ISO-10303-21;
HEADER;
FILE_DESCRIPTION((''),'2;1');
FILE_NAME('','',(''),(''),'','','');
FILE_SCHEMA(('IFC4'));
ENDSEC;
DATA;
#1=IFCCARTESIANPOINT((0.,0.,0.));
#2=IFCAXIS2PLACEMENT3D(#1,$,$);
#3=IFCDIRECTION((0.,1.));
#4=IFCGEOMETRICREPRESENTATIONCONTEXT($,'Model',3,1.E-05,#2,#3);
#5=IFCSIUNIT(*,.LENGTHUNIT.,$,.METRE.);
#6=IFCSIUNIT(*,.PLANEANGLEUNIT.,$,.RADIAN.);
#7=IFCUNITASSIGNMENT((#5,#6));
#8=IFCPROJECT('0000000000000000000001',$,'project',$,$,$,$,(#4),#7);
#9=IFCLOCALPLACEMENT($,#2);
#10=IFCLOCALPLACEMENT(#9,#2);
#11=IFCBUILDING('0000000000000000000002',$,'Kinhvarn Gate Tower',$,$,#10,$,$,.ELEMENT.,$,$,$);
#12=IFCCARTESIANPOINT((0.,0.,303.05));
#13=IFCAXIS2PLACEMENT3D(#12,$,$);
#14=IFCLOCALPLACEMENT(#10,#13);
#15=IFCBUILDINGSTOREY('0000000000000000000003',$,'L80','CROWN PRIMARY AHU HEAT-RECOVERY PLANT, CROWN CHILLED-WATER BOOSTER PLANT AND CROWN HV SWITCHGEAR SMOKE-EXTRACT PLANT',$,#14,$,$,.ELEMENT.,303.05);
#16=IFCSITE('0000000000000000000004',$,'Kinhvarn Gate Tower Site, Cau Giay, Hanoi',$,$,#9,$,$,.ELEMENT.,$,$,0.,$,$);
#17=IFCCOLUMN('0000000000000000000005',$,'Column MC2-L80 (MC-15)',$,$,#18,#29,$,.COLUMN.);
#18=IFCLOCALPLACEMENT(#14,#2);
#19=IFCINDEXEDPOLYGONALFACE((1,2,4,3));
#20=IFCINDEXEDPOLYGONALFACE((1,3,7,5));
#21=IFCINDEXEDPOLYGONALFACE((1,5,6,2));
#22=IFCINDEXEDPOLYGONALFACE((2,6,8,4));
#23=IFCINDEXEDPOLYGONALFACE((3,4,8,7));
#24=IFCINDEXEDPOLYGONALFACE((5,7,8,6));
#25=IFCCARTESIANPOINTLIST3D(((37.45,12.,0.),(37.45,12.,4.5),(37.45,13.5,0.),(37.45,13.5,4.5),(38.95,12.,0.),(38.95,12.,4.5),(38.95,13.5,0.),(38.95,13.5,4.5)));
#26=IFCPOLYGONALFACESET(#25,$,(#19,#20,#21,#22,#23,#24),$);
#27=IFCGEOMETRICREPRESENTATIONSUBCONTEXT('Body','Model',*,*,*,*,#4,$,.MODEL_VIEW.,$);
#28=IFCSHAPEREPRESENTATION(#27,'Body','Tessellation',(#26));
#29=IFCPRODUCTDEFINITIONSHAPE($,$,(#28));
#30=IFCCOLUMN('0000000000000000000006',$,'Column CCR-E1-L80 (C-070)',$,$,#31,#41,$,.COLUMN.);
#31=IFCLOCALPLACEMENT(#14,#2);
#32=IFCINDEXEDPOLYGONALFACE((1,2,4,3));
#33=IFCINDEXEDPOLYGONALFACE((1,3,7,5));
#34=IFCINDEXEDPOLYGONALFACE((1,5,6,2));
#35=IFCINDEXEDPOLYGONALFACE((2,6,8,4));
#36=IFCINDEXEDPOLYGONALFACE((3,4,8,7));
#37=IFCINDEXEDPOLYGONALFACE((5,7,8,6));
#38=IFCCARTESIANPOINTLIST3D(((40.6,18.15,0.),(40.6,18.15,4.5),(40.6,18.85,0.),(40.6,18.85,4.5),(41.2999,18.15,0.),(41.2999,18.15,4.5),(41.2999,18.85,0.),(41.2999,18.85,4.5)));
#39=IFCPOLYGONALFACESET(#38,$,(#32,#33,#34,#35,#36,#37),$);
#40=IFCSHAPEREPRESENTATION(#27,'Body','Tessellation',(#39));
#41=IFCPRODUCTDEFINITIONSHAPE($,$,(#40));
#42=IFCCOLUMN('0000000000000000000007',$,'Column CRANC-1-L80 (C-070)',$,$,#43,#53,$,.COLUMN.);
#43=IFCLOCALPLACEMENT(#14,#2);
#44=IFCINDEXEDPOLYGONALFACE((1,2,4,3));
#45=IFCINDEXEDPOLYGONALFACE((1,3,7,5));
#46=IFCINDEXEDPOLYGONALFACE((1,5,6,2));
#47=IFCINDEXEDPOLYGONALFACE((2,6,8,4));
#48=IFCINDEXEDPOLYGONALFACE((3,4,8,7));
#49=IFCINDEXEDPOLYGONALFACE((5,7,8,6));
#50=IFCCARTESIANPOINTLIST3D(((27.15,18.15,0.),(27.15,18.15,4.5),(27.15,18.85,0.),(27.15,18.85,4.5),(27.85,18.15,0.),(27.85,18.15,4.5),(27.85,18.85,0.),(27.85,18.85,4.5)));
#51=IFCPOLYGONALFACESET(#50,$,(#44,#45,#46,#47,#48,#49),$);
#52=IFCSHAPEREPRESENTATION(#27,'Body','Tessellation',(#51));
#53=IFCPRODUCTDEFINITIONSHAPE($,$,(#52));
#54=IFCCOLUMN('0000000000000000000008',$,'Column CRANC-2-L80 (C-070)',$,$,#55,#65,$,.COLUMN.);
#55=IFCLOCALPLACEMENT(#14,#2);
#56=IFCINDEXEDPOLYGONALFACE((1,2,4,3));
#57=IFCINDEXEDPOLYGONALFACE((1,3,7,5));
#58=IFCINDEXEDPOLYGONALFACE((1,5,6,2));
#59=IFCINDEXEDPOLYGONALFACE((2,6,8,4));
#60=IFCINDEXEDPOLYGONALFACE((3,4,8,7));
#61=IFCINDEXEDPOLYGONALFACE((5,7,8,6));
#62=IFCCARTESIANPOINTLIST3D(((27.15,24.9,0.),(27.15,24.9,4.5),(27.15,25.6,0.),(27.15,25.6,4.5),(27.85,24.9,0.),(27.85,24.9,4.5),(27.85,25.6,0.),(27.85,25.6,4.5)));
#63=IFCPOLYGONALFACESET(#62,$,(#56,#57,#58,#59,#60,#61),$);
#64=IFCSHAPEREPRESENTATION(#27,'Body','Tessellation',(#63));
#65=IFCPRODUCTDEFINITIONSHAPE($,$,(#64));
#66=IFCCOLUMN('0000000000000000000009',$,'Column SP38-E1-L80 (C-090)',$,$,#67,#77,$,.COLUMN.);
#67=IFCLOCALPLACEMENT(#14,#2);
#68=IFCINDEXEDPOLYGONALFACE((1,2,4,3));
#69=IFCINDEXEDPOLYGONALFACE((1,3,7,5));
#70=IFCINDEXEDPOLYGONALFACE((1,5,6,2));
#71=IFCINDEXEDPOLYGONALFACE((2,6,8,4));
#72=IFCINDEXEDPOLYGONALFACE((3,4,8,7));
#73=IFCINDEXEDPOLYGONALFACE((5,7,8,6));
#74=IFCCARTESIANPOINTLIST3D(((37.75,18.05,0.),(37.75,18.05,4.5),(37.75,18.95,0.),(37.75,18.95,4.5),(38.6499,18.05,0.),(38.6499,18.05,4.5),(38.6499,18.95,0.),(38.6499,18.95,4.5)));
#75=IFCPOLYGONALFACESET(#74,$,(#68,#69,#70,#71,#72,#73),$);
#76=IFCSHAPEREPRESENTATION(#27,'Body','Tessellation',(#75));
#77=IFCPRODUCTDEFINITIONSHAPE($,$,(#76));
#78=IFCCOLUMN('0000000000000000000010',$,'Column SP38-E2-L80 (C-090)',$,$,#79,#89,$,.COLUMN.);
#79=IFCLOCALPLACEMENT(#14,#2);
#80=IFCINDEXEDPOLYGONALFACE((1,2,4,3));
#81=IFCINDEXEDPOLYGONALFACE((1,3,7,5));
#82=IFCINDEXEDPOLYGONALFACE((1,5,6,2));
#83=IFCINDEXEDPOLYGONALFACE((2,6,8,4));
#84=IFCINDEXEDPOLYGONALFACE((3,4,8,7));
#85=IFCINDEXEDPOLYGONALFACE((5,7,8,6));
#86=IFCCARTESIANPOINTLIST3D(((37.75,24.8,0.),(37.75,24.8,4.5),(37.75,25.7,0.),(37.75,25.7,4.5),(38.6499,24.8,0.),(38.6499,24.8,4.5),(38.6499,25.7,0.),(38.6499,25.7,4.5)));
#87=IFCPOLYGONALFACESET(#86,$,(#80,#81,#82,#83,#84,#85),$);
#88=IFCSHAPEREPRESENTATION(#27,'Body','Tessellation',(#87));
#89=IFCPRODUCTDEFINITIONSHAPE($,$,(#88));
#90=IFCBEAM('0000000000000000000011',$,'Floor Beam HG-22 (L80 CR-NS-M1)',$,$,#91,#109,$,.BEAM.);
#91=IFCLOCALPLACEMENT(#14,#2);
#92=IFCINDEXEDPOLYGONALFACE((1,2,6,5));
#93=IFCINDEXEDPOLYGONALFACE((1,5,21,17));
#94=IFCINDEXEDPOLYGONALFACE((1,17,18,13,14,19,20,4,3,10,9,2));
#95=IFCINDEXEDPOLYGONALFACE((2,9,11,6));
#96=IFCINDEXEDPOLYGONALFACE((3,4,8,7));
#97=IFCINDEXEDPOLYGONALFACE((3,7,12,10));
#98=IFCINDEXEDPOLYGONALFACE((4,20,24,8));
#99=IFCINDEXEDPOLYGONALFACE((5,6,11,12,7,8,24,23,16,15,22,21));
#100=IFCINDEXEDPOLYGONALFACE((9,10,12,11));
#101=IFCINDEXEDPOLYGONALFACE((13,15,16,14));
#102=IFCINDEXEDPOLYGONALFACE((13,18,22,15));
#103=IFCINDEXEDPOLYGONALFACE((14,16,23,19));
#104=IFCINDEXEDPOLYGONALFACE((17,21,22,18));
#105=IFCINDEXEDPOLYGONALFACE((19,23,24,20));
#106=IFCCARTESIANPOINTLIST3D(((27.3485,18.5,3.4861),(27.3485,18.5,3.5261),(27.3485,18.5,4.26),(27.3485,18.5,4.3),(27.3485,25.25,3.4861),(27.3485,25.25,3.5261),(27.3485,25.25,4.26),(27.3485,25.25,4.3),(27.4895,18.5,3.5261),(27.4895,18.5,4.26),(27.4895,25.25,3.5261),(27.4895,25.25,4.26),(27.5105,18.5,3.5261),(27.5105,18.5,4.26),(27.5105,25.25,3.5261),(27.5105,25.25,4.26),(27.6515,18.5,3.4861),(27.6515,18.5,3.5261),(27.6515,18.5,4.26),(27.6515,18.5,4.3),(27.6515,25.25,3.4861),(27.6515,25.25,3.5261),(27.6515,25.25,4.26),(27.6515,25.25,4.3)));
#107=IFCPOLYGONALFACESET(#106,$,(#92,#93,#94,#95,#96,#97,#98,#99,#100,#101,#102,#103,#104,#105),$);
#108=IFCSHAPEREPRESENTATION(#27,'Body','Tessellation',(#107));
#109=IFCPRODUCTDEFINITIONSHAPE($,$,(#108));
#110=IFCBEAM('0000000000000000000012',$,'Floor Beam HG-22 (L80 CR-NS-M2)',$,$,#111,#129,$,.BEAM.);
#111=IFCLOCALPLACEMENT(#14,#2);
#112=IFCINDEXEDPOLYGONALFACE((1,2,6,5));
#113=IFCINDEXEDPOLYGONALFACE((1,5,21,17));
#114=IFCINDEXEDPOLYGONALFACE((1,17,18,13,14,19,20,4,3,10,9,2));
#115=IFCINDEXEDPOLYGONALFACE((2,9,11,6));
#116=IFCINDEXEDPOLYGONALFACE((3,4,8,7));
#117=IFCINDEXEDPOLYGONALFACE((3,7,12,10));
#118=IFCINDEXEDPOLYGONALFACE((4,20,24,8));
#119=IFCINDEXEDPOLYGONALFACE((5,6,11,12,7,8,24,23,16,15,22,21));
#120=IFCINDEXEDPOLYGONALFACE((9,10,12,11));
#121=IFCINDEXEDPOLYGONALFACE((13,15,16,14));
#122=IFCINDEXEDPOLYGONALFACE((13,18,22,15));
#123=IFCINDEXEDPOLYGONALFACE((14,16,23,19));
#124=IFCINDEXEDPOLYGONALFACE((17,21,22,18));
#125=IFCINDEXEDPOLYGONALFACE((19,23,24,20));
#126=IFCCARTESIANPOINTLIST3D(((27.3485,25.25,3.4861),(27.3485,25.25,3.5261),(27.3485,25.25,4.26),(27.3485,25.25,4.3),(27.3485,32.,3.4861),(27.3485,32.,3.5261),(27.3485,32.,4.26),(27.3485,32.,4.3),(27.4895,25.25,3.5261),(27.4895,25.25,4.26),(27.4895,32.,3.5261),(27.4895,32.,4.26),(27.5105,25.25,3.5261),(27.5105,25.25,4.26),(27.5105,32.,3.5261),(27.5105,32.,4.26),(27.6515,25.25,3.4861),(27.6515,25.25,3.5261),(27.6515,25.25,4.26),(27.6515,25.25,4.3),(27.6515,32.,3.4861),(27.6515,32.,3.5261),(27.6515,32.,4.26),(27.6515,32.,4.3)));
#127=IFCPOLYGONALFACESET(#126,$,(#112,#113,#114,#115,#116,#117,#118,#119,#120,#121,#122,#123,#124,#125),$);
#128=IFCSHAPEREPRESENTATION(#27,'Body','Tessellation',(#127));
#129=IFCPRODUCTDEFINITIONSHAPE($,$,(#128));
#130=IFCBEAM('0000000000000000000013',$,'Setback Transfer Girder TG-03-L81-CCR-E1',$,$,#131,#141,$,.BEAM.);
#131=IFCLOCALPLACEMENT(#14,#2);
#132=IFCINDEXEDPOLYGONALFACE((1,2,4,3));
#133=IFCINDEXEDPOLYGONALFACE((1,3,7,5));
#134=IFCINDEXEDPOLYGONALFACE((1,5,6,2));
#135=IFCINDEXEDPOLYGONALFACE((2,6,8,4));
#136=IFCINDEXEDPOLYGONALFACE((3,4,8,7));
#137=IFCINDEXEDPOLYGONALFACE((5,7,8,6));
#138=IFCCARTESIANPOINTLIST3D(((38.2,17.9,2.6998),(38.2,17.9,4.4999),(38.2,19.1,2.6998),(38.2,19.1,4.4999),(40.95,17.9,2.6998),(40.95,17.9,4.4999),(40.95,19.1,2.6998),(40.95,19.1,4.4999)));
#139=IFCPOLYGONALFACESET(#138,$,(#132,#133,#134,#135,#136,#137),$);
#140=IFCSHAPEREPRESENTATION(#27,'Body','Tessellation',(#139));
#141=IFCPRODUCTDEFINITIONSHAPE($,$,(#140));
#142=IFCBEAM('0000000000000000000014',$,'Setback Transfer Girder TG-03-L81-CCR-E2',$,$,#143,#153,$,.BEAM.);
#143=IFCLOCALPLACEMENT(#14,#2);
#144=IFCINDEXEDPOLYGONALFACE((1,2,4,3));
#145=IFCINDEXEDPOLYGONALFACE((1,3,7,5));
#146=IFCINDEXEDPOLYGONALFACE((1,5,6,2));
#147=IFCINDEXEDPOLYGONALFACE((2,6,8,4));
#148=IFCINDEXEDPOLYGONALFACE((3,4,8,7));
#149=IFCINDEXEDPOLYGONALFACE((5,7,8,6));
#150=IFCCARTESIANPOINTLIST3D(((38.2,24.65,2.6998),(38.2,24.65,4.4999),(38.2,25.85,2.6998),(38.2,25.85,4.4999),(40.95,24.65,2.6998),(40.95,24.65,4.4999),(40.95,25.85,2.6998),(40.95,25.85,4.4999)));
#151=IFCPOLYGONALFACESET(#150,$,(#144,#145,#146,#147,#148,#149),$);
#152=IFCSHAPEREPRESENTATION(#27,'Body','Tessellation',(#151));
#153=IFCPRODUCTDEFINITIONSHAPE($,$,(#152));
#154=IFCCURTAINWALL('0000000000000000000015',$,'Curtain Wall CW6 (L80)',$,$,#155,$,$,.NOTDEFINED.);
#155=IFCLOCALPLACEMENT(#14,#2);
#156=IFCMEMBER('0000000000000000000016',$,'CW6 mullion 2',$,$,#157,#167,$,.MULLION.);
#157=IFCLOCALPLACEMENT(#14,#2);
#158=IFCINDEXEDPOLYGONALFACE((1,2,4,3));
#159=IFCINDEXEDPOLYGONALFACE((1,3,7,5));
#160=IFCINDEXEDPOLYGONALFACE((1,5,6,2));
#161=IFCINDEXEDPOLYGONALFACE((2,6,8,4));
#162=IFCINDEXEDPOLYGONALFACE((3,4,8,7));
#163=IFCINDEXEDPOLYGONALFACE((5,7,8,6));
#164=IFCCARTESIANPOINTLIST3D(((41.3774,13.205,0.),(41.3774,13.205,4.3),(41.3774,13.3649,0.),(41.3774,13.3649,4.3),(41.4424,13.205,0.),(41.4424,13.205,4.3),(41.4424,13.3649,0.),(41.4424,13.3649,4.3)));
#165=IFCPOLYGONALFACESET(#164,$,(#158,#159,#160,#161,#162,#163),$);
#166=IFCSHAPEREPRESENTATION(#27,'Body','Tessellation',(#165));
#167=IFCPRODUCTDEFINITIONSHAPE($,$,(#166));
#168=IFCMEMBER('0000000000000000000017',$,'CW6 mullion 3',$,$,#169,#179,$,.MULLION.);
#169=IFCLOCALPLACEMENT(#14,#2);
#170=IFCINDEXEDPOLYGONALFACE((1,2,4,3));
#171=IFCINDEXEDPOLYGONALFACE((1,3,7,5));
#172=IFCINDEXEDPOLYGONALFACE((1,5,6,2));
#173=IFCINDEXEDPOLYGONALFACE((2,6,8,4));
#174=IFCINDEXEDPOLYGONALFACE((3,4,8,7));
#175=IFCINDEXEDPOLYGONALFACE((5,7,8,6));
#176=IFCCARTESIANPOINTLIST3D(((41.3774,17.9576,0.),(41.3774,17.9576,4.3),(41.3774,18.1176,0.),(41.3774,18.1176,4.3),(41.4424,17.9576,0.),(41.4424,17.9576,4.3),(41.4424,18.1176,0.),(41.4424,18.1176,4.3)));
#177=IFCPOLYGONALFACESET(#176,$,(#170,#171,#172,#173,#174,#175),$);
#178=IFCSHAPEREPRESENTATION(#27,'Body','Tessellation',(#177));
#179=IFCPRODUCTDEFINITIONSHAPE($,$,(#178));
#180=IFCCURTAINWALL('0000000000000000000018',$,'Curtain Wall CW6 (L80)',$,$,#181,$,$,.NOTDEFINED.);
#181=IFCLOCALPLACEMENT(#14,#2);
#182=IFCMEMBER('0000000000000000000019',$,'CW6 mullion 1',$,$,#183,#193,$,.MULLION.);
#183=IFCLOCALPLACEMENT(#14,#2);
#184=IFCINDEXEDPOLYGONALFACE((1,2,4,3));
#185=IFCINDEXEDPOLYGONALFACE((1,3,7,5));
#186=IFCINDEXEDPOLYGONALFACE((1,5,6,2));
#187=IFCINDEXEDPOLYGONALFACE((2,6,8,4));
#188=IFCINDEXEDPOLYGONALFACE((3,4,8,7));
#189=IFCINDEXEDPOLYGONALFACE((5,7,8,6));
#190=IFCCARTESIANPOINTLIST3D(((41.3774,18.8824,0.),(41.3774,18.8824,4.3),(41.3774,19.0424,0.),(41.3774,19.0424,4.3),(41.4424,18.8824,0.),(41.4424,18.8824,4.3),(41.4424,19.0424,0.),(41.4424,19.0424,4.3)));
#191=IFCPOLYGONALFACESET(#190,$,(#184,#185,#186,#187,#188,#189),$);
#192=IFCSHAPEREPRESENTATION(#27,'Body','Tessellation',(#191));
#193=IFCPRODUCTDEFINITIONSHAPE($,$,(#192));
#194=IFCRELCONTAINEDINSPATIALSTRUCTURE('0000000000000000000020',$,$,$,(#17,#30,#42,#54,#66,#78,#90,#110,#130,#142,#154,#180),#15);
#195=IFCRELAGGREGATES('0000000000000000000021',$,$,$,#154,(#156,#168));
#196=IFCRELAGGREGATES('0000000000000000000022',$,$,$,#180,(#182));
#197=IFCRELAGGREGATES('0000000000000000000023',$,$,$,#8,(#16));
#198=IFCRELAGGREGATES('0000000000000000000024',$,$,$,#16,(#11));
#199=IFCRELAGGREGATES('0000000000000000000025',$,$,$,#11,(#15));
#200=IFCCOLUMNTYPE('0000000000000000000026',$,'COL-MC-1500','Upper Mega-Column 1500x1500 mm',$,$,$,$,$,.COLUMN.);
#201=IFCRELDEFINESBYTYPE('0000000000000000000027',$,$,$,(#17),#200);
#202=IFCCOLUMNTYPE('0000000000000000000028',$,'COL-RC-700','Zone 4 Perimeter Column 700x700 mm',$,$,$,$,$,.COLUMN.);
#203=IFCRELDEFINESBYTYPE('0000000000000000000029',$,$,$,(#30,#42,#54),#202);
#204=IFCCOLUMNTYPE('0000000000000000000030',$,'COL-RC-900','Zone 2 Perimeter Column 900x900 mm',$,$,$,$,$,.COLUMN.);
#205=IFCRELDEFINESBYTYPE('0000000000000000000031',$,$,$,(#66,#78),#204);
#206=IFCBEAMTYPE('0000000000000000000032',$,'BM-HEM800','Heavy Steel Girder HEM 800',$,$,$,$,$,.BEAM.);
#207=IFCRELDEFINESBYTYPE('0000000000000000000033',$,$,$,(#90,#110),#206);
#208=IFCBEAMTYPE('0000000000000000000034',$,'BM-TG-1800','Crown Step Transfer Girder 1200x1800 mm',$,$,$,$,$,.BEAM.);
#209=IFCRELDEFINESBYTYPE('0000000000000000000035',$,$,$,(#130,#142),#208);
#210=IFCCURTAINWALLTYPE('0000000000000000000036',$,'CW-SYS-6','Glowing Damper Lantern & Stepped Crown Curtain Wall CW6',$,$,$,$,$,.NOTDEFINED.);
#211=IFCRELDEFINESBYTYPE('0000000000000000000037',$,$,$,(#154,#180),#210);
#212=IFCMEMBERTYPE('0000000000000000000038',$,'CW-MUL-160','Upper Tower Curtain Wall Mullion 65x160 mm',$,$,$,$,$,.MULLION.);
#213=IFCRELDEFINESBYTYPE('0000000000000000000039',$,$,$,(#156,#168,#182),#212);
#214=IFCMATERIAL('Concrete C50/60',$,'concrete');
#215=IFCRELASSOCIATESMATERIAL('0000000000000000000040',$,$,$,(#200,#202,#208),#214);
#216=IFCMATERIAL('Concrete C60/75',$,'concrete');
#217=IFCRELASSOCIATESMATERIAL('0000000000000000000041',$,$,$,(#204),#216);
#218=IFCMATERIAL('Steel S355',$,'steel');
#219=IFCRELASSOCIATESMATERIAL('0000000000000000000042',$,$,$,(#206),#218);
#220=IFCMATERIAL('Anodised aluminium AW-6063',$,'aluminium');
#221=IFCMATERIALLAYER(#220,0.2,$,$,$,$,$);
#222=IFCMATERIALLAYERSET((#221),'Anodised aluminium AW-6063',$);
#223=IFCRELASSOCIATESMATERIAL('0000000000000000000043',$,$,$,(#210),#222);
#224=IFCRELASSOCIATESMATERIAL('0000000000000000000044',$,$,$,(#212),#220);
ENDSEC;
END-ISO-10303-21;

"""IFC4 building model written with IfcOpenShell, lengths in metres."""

from ifc_helpers import new_model, si_unit, direction, frame, origin, origin_2d, place, context, subcontext, project, spatial, rectangle, i_section, extrude, material, layer, layer_set, material_profile, profile_set, type_object, element, aggregate, save


model = new_model("IFC4")

# Units and contexts
model_context = context("Model", 3, precision=1e-05, world=origin(), true_north=direction((0.0, 1.0)))
body_context = subcontext(model_context, "Body", "Model", "MODEL_VIEW")
ifc_project = project(units=[si_unit("LENGTHUNIT", "METRE"), si_unit("PLANEANGLEUNIT", "RADIAN")], contexts=[model_context])

# Site, building, storey
site_placement = place(None, origin())
site = spatial("IfcSite", under=ifc_project, at=site_placement, Name="Kinhvarn Gate Tower Site, Cau Giay, Hanoi", CompositionType="ELEMENT", RefElevation=0.0)
building_placement = place(site_placement, origin())
building = spatial("IfcBuilding", under=site, at=building_placement, Name="Kinhvarn Gate Tower", CompositionType="ELEMENT")
storey_placement = place(building_placement, frame((0.0, 0.0, 303.05)))
storey = spatial("IfcBuildingStorey", under=building, at=storey_placement, Name="L80", Description="CROWN PRIMARY AHU HEAT-RECOVERY PLANT, CROWN CHILLED-WATER BOOSTER PLANT AND CROWN HV SWITCHGEAR SMOKE-EXTRACT PLANT", CompositionType="ELEMENT", Elevation=303.05)

# Columns
ifc_material_1 = material(Name="Concrete C50/60", Category="concrete")
ifc_material_profile_1 = material_profile(ifc_material_1, rectangle(XDim=1.5, YDim=1.5, at=origin_2d()), Name="RC 1500x1500")
ifc_profile_set_1 = profile_set([ifc_material_profile_1], Name="Concrete C50/60")
column_type_1 = type_object("IfcColumnType", Name="COL-MC-1500", Description="Upper Mega-Column 1500x1500 mm", PredefinedType="COLUMN", material=ifc_profile_set_1)
column_placement = place(storey_placement, frame((38.2, 12.75, 0.0), z_axis=(0.0, 0.0, 1.0), x_axis=(1.0, 0.0, 0.0)))
element("IfcColumn", 1, at=column_placement, inside=storey, type_object=column_type_1, Name="Column MC2-L80 (MC-15)", PredefinedType="COLUMN", context=body_context, shape_type="SweptSolid", body=[
    extrude(rectangle(XDim=1.5, YDim=1.5, at=origin_2d()), origin(), (0.0, 0.0, 1.0), 4.5),
])
ifc_material_profile_2 = material_profile(ifc_material_1, rectangle(XDim=0.7, YDim=0.7, at=origin_2d()), Name="RC 700x700")
ifc_profile_set_2 = profile_set([ifc_material_profile_2], Name="Concrete C50/60")
column_type_2 = type_object("IfcColumnType", Name="COL-RC-700", Description="Zone 4 Perimeter Column 700x700 mm", PredefinedType="COLUMN", material=ifc_profile_set_2)
for number, where, z_axis, x_axis, name in (
    (2, (40.95, 18.5, 0.0), (0.0, 0.0, 1.0), (1.0, 0.0, 0.0), "Column CCR-E1-L80 (C-070)"),
    (3, (27.5, 18.5, 0.0), (0.0, 0.0, 1.0), (1.0, 0.0, 0.0), "Column CRANC-1-L80 (C-070)"),
    (4, (27.5, 25.25, 0.0), (0.0, 0.0, 1.0), (1.0, 0.0, 0.0), "Column CRANC-2-L80 (C-070)"),
):
    element("IfcColumn", number, at=place(storey_placement, frame(where, z_axis=z_axis, x_axis=x_axis)), inside=storey, type_object=column_type_2, Name=name, PredefinedType="COLUMN", context=body_context, shape_type="SweptSolid", body=[
        extrude(rectangle(XDim=0.7, YDim=0.7, at=origin_2d()), origin(), (0.0, 0.0, 1.0), 4.5),
    ])
ifc_material_2 = material(Name="Concrete C60/75", Category="concrete")
ifc_material_profile_3 = material_profile(ifc_material_2, rectangle(XDim=0.8999, YDim=0.8999, at=origin_2d()), Name="RC 900x900")
ifc_profile_set_3 = profile_set([ifc_material_profile_3], Name="Concrete C60/75")
column_type_3 = type_object("IfcColumnType", Name="COL-RC-900", Description="Zone 2 Perimeter Column 900x900 mm", PredefinedType="COLUMN", material=ifc_profile_set_3)
for number, where, z_axis, x_axis, name in (
    (5, (38.2, 18.5, 0.0), (0.0, 0.0, 1.0), (1.0, 0.0, 0.0), "Column SP38-E1-L80 (C-090)"),
    (6, (38.2, 25.25, 0.0), (0.0, 0.0, 1.0), (1.0, 0.0, 0.0), "Column SP38-E2-L80 (C-090)"),
):
    element("IfcColumn", number, at=place(storey_placement, frame(where, z_axis=z_axis, x_axis=x_axis)), inside=storey, type_object=column_type_3, Name=name, PredefinedType="COLUMN", context=body_context, shape_type="SweptSolid", body=[
        extrude(rectangle(XDim=0.8999, YDim=0.8999, at=origin_2d()), origin(), (0.0, 0.0, 1.0), 4.5),
    ])

# Beams
ifc_material_3 = material(Name="Steel S355", Category="steel")
ifc_material_profile_4 = material_profile(ifc_material_3, i_section(OverallWidth=0.303, OverallDepth=0.814, WebThickness=0.021, FlangeThickness=0.04, at=origin_2d()), Name="HEM 800")
ifc_profile_set_4 = profile_set([ifc_material_profile_4], Name="Steel S355")
beam_type_1 = type_object("IfcBeamType", Name="BM-HEM800", Description="Heavy Steel Girder HEM 800", PredefinedType="BEAM", material=ifc_profile_set_4)
for number, where, z_axis, x_axis, name in (
    (7, (27.5, 18.5, 3.8931), (0.0, 1.0, 0.0), (-1.0, 0.0, 0.0), "Floor Beam HG-22 (L80 CR-NS-M1)"),
    (8, (27.5, 25.25, 3.8931), (0.0, 1.0, 0.0), (-1.0, 0.0, 0.0), "Floor Beam HG-22 (L80 CR-NS-M2)"),
):
    element("IfcBeam", number, at=place(storey_placement, frame(where, z_axis=z_axis, x_axis=x_axis)), inside=storey, type_object=beam_type_1, Name=name, PredefinedType="BEAM", context=body_context, shape_type="SweptSolid", body=[
        extrude(i_section(OverallWidth=0.303, OverallDepth=0.814, WebThickness=0.021, FlangeThickness=0.04, at=origin_2d()), origin(), (0.0, 0.0, 1.0), 6.75),
    ])
ifc_material_profile_5 = material_profile(ifc_material_1, rectangle(XDim=1.2, YDim=1.8, at=origin_2d()), Name="RC 1200x1800")
ifc_profile_set_5 = profile_set([ifc_material_profile_5], Name="Concrete C50/60")
beam_type_2 = type_object("IfcBeamType", Name="BM-TG-1800", Description="Crown Step Transfer Girder 1200x1800 mm", PredefinedType="BEAM", material=ifc_profile_set_5)
for number, where, z_axis, x_axis, name in (
    (9, (38.2, 18.5, 3.5999), (1.0, 0.0, 0.0), (0.0, 1.0, 0.0), "Setback Transfer Girder TG-03-L81-CCR-E1"),
    (10, (38.2, 25.25, 3.5999), (1.0, 0.0, 0.0), (0.0, 1.0, 0.0), "Setback Transfer Girder TG-03-L81-CCR-E2"),
):
    element("IfcBeam", number, at=place(storey_placement, frame(where, z_axis=z_axis, x_axis=x_axis)), inside=storey, type_object=beam_type_2, Name=name, PredefinedType="BEAM", context=body_context, shape_type="SweptSolid", body=[
        extrude(rectangle(XDim=1.2, YDim=1.8, at=origin_2d()), origin(), (0.0, 0.0, 1.0), 2.75),
    ])

# Curtain walls, members
ifc_material_4 = material(Name="Anodised aluminium AW-6063", Category="aluminium")
ifc_layer_1 = layer(ifc_material_4, 0.2)
ifc_layer_set_1 = layer_set([ifc_layer_1], Name="Anodised aluminium AW-6063")
curtain_wall_type = type_object("IfcCurtainWallType", Name="CW-SYS-6", Description="Glowing Damper Lantern & Stepped Crown Curtain Wall CW6", PredefinedType="NOTDEFINED", material=ifc_layer_set_1)
curtain_wall_1_placement = place(storey_placement, origin())
curtain_wall_1 = element("IfcCurtainWall", 11, at=curtain_wall_1_placement, inside=storey, type_object=curtain_wall_type, Name="Curtain Wall CW6 (L80)", PredefinedType="NOTDEFINED")
ifc_material_profile_6 = material_profile(ifc_material_4, rectangle(XDim=0.0649, YDim=0.1599, at=origin_2d()), Name="ALU 65x160")
ifc_profile_set_6 = profile_set([ifc_material_profile_6], Name="Anodised aluminium AW-6063")
member_type_1 = type_object("IfcMemberType", Name="CW-MUL-160", Description="Upper Tower Curtain Wall Mullion 65x160 mm", PredefinedType="MULLION", material=ifc_profile_set_6)
member_1_placement = place(storey_placement, frame((41.4099, 13.2849, 0.0), z_axis=(0.0, 0.0, 1.0), x_axis=(-1.0, 0.0, 0.0)))
member_1 = element("IfcMember", 12, at=member_1_placement, type_object=member_type_1, Name="CW6 mullion 2", PredefinedType="MULLION", context=body_context, shape_type="SweptSolid", body=[
    extrude(rectangle(XDim=0.0649, YDim=0.1599, at=origin_2d()), origin(), (0.0, 0.0, 1.0), 4.3),
])
member_2_placement = place(storey_placement, frame((41.4099, 18.0376, 0.0), z_axis=(0.0, 0.0, 1.0), x_axis=(-1.0, 0.0, 0.0)))
member_2 = element("IfcMember", 13, at=member_2_placement, type_object=member_type_1, Name="CW6 mullion 3", PredefinedType="MULLION", context=body_context, shape_type="SweptSolid", body=[
    extrude(rectangle(XDim=0.0649, YDim=0.1599, at=origin_2d()), origin(), (0.0, 0.0, 1.0), 4.3),
])
curtain_wall_2_placement = place(storey_placement, origin())
curtain_wall_2 = element("IfcCurtainWall", 14, at=curtain_wall_2_placement, inside=storey, type_object=curtain_wall_type, Name="Curtain Wall CW6 (L80)", PredefinedType="NOTDEFINED")
member_3_placement = place(storey_placement, frame((41.4099, 18.9624, 0.0), z_axis=(0.0, 0.0, 1.0), x_axis=(-1.0, 0.0, 0.0)))
member_3 = element("IfcMember", 15, at=member_3_placement, type_object=member_type_1, Name="CW6 mullion 1", PredefinedType="MULLION", context=body_context, shape_type="SweptSolid", body=[
    extrude(rectangle(XDim=0.0649, YDim=0.1599, at=origin_2d()), origin(), (0.0, 0.0, 1.0), 4.3),
])

aggregate(curtain_wall_1, [member_1, member_2])
aggregate(curtain_wall_2, [member_3])

save(model, "model.ifc")
